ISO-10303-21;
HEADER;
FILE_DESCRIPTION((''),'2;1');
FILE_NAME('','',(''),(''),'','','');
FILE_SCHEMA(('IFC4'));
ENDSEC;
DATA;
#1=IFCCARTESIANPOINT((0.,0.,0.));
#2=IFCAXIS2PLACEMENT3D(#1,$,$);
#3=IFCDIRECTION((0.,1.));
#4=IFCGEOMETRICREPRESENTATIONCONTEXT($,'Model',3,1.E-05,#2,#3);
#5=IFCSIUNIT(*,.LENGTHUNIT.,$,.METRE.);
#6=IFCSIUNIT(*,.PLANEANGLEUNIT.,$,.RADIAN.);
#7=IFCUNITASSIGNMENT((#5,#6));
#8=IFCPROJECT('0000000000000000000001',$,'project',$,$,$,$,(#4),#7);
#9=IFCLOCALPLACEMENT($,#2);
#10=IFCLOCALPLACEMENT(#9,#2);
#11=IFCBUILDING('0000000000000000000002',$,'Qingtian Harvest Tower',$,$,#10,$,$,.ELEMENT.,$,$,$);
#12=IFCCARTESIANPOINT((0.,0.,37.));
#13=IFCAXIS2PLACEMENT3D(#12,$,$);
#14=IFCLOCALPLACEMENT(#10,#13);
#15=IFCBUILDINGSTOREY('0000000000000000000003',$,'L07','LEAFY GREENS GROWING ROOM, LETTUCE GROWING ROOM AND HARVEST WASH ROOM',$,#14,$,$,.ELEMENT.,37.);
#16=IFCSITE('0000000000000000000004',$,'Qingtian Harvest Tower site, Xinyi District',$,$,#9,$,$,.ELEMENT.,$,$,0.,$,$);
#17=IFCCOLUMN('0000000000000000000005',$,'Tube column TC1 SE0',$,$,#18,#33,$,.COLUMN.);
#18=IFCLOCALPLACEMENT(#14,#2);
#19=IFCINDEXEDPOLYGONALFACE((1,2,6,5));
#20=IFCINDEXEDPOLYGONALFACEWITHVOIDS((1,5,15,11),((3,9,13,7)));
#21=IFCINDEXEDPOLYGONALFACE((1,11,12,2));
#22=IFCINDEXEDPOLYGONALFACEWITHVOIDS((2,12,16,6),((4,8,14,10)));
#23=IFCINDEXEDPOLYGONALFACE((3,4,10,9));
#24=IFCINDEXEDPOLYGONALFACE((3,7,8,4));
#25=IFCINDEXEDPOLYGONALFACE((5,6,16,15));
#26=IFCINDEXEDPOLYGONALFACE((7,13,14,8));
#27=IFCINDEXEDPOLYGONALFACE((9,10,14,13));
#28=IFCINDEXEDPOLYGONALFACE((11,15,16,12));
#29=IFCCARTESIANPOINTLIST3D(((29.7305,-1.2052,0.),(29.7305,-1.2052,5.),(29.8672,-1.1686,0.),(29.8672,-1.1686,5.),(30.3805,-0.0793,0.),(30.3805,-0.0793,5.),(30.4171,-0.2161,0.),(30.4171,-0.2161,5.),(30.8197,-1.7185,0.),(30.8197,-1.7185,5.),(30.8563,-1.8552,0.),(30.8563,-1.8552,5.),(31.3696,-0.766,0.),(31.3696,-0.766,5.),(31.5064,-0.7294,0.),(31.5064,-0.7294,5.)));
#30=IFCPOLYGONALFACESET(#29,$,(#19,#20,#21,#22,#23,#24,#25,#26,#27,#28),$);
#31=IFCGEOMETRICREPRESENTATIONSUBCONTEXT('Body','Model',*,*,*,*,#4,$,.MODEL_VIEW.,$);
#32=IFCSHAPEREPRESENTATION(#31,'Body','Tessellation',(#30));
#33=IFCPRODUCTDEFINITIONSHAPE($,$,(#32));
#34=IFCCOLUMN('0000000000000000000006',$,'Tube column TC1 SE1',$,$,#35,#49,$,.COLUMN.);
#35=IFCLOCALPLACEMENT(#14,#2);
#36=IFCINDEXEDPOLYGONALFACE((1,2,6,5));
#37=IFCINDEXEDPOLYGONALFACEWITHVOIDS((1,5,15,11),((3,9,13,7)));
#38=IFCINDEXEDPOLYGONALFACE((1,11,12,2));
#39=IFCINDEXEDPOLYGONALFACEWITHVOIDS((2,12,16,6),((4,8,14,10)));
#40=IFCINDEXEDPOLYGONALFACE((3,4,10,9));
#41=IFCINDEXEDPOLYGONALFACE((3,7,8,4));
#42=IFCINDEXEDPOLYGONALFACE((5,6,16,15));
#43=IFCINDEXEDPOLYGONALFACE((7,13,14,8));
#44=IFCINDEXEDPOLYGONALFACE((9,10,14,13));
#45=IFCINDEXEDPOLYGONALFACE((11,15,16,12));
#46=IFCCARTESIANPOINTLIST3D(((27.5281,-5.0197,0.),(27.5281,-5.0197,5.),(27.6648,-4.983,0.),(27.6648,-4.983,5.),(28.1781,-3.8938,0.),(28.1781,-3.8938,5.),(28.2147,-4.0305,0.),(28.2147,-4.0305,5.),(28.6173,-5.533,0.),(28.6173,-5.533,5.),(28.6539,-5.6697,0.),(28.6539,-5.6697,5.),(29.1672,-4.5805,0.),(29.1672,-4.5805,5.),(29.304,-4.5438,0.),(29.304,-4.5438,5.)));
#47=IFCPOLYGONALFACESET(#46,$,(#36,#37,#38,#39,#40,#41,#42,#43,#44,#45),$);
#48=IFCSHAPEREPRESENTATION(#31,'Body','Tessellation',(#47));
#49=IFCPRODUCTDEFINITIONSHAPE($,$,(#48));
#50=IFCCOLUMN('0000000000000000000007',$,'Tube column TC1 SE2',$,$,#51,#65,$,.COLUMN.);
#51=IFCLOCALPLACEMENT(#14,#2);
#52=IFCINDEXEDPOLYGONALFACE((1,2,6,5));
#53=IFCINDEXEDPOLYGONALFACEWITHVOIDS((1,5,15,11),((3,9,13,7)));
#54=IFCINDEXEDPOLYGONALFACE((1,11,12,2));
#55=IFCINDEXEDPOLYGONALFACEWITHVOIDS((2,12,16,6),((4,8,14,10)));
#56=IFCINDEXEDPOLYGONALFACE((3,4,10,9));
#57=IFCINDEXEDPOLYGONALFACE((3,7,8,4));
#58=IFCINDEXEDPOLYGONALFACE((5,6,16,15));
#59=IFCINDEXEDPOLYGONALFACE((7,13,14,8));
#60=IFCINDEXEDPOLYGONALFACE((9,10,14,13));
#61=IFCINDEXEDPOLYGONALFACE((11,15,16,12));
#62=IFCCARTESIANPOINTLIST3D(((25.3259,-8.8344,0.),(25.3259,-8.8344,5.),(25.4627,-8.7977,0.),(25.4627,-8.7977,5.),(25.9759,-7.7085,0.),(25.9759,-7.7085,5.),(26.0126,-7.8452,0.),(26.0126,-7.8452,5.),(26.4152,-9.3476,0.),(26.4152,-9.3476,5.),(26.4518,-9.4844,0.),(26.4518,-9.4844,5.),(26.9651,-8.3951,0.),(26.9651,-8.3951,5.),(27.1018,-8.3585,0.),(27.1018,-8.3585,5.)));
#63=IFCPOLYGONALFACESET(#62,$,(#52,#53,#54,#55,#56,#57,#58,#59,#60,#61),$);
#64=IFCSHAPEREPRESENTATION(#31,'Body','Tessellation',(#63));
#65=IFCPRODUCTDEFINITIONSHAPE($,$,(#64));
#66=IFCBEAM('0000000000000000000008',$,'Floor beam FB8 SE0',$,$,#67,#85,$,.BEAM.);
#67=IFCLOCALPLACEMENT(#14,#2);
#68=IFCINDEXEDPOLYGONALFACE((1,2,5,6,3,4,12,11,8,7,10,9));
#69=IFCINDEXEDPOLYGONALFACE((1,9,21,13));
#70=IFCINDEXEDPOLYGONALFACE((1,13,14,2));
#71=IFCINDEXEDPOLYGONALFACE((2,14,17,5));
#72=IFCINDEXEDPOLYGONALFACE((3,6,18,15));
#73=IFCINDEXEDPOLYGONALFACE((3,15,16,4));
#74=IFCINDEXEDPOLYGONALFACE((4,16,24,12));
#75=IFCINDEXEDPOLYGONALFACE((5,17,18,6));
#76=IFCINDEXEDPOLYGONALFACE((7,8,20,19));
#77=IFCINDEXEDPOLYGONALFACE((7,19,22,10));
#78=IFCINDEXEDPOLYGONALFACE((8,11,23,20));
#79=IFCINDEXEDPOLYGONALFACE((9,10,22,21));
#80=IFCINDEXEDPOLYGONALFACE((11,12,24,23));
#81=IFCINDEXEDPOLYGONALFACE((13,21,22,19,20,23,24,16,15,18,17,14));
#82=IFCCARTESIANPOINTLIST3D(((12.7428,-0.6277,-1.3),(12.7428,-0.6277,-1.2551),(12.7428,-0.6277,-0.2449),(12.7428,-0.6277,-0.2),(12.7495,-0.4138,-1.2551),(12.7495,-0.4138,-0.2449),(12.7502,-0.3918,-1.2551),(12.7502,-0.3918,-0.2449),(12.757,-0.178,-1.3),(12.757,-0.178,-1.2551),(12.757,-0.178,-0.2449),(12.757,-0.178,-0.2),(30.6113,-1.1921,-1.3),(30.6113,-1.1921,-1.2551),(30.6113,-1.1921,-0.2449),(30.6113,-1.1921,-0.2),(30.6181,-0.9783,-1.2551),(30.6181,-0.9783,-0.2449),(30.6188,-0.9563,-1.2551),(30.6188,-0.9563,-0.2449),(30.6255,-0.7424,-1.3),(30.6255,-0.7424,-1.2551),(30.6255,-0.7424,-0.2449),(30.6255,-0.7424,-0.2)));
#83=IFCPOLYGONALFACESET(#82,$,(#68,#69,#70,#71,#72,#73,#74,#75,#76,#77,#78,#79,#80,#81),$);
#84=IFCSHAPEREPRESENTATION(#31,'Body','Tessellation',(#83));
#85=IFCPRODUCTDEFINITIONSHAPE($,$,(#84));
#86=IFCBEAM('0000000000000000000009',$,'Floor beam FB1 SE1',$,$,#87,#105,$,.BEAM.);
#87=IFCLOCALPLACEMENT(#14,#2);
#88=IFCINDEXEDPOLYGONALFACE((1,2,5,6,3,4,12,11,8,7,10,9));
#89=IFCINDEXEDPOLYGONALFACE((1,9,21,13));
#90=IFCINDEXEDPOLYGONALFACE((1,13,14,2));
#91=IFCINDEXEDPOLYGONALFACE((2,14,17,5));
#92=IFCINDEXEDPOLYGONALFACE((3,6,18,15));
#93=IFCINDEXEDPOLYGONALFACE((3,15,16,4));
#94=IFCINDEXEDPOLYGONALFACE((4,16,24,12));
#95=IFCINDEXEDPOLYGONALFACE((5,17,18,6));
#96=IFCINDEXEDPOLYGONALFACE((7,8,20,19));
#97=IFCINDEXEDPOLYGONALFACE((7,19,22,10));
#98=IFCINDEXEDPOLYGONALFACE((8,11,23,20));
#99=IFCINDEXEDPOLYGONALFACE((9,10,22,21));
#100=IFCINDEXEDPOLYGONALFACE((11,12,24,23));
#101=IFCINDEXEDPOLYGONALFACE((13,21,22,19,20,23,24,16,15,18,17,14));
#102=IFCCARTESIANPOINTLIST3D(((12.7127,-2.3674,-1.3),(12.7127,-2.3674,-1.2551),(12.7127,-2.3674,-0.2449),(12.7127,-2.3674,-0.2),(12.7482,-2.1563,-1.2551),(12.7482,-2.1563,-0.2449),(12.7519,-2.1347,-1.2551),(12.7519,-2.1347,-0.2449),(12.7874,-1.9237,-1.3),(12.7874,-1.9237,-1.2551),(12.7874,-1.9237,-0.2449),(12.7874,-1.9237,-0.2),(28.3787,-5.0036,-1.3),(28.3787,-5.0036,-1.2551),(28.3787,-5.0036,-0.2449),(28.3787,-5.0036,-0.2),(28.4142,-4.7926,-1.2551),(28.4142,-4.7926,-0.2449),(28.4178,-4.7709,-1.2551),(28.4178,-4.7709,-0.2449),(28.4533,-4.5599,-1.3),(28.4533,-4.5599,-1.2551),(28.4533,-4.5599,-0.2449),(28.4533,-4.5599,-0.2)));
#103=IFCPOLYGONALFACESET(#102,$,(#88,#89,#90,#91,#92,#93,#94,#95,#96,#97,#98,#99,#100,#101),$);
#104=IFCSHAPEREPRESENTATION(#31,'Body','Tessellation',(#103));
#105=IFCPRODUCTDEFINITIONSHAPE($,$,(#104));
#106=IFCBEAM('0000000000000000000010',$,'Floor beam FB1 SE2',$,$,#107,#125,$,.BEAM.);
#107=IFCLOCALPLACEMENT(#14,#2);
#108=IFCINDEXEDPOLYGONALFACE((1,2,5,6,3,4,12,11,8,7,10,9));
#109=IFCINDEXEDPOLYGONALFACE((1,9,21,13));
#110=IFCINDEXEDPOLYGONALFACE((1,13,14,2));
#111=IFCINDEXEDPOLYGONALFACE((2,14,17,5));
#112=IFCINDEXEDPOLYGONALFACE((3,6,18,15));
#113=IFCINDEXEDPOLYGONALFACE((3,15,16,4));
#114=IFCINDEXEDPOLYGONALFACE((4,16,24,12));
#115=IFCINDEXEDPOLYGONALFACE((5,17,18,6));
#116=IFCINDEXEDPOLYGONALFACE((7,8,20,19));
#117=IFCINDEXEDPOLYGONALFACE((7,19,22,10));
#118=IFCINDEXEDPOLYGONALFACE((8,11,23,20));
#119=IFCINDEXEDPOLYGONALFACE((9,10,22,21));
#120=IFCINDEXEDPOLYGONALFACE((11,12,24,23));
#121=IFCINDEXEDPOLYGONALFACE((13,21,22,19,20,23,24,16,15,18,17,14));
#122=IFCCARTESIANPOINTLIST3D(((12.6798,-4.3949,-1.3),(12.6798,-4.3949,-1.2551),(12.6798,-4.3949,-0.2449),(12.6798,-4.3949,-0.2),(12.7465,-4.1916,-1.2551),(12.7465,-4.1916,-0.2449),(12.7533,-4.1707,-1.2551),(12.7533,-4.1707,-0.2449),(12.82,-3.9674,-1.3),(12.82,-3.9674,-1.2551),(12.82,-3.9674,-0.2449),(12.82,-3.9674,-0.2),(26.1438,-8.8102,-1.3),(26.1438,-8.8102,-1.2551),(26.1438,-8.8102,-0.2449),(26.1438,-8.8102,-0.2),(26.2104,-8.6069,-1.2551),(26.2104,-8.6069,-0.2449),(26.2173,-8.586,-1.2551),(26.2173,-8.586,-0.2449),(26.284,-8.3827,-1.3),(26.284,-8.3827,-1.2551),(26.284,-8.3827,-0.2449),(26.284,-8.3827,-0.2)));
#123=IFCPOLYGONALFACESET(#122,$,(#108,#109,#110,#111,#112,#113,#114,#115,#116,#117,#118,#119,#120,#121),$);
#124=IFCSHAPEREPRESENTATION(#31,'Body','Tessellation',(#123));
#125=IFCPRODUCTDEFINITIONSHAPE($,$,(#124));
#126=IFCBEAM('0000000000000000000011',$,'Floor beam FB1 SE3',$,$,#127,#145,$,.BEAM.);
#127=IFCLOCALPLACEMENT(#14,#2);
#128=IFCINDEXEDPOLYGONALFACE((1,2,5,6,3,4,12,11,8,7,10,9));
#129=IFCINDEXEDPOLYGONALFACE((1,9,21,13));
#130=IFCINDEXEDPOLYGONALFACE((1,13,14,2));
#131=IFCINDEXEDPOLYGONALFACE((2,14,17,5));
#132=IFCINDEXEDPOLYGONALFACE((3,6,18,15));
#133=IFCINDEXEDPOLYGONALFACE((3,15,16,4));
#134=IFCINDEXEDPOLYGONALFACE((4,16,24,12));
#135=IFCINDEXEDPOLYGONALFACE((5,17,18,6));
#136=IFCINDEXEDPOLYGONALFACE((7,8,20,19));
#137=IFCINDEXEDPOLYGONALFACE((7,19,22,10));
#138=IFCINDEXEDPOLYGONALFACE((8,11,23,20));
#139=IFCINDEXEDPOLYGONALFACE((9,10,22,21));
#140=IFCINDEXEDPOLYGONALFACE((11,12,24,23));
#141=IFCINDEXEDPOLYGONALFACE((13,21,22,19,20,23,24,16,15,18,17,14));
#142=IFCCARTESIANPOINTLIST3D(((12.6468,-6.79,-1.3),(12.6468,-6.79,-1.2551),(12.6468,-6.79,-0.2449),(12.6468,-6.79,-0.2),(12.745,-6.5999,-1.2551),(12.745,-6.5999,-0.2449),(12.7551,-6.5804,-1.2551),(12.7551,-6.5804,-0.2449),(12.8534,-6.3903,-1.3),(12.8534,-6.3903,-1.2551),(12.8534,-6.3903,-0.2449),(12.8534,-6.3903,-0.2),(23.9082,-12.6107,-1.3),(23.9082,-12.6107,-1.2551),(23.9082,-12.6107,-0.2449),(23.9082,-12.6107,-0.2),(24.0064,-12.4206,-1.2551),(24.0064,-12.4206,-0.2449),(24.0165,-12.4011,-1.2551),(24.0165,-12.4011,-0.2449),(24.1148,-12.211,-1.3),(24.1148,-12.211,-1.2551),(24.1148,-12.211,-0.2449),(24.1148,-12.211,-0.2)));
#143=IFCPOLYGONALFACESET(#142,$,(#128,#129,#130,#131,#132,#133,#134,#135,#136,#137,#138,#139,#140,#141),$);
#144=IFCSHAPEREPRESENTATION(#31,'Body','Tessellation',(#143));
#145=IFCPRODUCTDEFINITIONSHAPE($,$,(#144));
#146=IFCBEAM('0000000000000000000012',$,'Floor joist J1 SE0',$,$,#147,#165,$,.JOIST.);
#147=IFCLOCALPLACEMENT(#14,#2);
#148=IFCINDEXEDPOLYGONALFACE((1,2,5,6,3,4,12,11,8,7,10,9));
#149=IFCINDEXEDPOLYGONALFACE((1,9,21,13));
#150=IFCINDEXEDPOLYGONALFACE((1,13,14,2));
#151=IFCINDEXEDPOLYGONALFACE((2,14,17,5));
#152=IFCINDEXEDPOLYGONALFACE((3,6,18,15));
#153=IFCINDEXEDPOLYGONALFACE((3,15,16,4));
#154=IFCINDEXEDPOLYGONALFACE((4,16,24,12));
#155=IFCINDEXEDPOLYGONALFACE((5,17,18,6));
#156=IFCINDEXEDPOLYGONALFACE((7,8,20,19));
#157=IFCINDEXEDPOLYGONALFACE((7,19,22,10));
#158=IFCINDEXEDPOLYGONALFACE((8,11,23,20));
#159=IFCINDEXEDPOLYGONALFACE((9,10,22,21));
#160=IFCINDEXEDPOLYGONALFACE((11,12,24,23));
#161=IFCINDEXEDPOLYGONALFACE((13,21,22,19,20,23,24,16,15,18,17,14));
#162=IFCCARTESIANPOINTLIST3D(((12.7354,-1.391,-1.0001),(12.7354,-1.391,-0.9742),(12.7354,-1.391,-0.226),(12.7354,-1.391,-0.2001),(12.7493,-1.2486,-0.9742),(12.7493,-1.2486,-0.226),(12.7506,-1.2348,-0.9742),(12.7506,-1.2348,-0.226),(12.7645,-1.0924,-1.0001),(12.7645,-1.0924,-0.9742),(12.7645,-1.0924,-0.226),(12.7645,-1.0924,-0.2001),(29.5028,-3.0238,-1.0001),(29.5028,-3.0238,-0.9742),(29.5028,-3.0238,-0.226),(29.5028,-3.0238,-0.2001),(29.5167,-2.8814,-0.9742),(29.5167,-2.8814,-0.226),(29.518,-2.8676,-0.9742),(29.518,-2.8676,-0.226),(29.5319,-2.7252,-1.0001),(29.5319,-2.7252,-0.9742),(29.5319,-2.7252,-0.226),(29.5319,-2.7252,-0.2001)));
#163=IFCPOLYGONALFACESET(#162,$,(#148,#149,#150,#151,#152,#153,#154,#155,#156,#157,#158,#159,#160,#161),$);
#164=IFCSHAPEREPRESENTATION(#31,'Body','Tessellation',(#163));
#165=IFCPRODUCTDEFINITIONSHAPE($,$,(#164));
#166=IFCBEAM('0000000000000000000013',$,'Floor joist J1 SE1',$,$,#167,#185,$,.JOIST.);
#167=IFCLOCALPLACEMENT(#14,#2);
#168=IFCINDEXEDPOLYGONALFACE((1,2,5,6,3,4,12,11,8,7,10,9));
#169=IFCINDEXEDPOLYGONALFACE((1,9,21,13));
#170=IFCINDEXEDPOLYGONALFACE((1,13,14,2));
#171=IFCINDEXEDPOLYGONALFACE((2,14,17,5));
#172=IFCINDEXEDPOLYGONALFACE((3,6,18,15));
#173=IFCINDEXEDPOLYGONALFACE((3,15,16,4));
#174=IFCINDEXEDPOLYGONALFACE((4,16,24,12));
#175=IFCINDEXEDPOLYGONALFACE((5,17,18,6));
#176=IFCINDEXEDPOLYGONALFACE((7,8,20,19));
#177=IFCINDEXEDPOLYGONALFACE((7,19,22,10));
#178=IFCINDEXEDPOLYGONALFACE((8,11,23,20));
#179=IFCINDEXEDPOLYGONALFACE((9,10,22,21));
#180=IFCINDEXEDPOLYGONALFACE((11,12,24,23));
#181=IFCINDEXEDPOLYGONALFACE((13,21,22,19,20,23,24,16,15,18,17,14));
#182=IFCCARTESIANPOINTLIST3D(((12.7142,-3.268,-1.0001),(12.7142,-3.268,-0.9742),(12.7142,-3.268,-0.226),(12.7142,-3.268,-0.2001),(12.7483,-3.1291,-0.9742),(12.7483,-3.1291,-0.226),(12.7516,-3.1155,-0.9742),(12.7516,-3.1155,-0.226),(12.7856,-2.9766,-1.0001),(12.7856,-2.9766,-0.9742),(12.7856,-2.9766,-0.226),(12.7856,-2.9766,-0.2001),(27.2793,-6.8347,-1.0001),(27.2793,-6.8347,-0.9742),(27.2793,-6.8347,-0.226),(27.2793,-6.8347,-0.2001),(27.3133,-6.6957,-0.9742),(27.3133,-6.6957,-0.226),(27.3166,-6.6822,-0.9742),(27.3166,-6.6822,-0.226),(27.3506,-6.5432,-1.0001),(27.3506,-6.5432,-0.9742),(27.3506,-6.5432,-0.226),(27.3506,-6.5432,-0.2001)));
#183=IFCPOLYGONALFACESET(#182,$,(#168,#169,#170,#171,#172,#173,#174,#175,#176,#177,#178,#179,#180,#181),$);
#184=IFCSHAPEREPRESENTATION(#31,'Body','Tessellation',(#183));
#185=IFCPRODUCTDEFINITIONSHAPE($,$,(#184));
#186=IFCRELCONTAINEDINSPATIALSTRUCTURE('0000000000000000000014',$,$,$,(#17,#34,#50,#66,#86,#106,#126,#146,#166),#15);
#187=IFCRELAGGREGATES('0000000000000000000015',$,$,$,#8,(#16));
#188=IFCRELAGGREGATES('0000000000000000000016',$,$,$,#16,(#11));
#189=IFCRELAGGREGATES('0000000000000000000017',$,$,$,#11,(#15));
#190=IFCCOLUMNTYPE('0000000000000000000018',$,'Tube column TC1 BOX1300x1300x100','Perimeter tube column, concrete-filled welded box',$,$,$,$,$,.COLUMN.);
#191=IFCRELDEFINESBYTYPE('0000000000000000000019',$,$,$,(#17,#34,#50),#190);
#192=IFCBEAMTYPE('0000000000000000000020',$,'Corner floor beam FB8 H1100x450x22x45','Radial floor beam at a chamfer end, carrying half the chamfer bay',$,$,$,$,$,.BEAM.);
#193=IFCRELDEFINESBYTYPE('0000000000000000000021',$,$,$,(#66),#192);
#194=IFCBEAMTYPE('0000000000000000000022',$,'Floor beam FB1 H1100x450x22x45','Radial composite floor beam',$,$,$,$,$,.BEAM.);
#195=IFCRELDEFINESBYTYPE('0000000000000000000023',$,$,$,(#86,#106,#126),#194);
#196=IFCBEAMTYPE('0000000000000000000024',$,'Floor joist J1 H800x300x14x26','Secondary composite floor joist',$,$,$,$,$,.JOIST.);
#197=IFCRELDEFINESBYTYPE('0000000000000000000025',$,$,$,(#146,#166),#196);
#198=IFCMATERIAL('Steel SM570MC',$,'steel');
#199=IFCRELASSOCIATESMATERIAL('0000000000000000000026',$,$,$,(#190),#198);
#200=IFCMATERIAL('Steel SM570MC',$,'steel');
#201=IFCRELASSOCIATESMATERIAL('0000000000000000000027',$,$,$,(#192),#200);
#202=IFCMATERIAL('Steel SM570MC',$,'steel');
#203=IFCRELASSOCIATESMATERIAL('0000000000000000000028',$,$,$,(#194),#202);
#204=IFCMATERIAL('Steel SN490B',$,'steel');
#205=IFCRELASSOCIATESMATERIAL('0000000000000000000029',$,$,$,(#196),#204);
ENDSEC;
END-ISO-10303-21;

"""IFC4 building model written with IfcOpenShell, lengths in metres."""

from ifc_helpers import new_model, si_unit, direction, frame, origin, origin_2d, place, context, subcontext, project, spatial, hollow_rectangle, i_section, extrude, material, material_profile, profile_set, type_object, element, save


model = new_model("IFC4")

# Units and contexts
model_context = context("Model", 3, precision=1e-05, world=origin(), true_north=direction((0.0, 1.0)))
body_context = subcontext(model_context, "Body", "Model", "MODEL_VIEW")
ifc_project = project(units=[si_unit("LENGTHUNIT", "METRE"), si_unit("PLANEANGLEUNIT", "RADIAN")], contexts=[model_context])

# Site, building, storey
site_placement = place(None, origin())
site = spatial("IfcSite", under=ifc_project, at=site_placement, Name="Qingtian Harvest Tower site, Xinyi District", CompositionType="ELEMENT", RefElevation=0.0)
building_placement = place(site_placement, origin())
building = spatial("IfcBuilding", under=site, at=building_placement, Name="Qingtian Harvest Tower", CompositionType="ELEMENT")
storey_placement = place(building_placement, frame((0.0, 0.0, 37.0)))
storey = spatial("IfcBuildingStorey", under=building, at=storey_placement, Name="L07", Description="LEAFY GREENS GROWING ROOM, LETTUCE GROWING ROOM AND HARVEST WASH ROOM", CompositionType="ELEMENT", Elevation=37.0)

# Columns
ifc_material_1 = material(Name="Steel SM570MC", Category="steel")
ifc_material_profile_1 = material_profile(ifc_material_1, hollow_rectangle(XDim=1.3, YDim=1.3, WallThickness=0.1001, at=origin_2d()), Name="BOX1300x1300x100")
ifc_profile_set_1 = profile_set([ifc_material_profile_1], Name="Steel SM570MC")
column_type = type_object("IfcColumnType", Name="Tube column TC1 BOX1300x1300x100", Description="Perimeter tube column, concrete-filled welded box", PredefinedType="COLUMN", material=ifc_profile_set_1)
for number, where, z_axis, x_axis, name in (
    (1, (30.6184, -0.9673, 0.0), (0.0, 0.0, 1.0), (0.5, 0.866025, 0.0), "Tube column TC1 SE0"),
    (2, (28.416, -4.7817, 0.0), (0.0, 0.0, 1.0), (0.5, 0.866025, 0.0), "Tube column TC1 SE1"),
    (3, (26.2139, -8.5964, 0.0), (0.0, 0.0, 1.0), (0.5, 0.866025, 0.0), "Tube column TC1 SE2"),
):
    element("IfcColumn", number, at=place(storey_placement, frame(where, z_axis=z_axis, x_axis=x_axis)), inside=storey, type_object=column_type, Name=name, PredefinedType="COLUMN", context=body_context, shape_type="SweptSolid", body=[
        extrude(hollow_rectangle(XDim=1.3, YDim=1.3, WallThickness=0.1001, at=origin_2d()), origin(), (0.0, 0.0, 1.0), 5.0),
    ])

# Beams
ifc_material_2 = material(Name="Steel SM570MC", Category="steel")
ifc_material_profile_2 = material_profile(ifc_material_2, i_section(OverallWidth=0.45, OverallDepth=1.1001, WebThickness=0.022, FlangeThickness=0.0449, at=origin_2d()), Name="H1100x450x22x45")
ifc_profile_set_2 = profile_set([ifc_material_profile_2], Name="Steel SM570MC")
beam_type_1 = type_object("IfcBeamType", Name="Corner floor beam FB8 H1100x450x22x45", Description="Radial floor beam at a chamfer end, carrying half the chamfer bay", PredefinedType="BEAM", material=ifc_profile_set_2)
beam_1_placement = place(storey_placement, frame((30.6184, -0.9673, -0.75), z_axis=(-0.999501, 0.031574, 0.0), x_axis=(-0.031574, -0.999501, 0.0)))
element("IfcBeam", 4, at=beam_1_placement, inside=storey, type_object=beam_type_1, Name="Floor beam FB8 SE0", PredefinedType="BEAM", context=body_context, shape_type="SweptSolid", body=[
    extrude(i_section(OverallWidth=0.45, OverallDepth=1.1001, WebThickness=0.022, FlangeThickness=0.0449, at=origin_2d()), origin(), (0.0, 0.0, 1.0), 17.8774),
])
ifc_material_3 = material(Name="Steel SM570MC", Category="steel")
ifc_material_profile_3 = material_profile(ifc_material_3, i_section(OverallWidth=0.45, OverallDepth=1.1001, WebThickness=0.022, FlangeThickness=0.0449, at=origin_2d()), Name="H1100x450x22x45")
ifc_profile_set_3 = profile_set([ifc_material_profile_3], Name="Steel SM570MC")
beam_type_2 = type_object("IfcBeamType", Name="Floor beam FB1 H1100x450x22x45", Description="Radial composite floor beam", PredefinedType="BEAM", material=ifc_profile_set_3)
beam_2_placement = place(storey_placement, frame((28.416, -4.7817, -0.75), z_axis=(-0.986135, 0.165944, 0.0), x_axis=(-0.165944, -0.986135, 0.0)))
element("IfcBeam", 5, at=beam_2_placement, inside=storey, type_object=beam_type_2, Name="Floor beam FB1 SE1", PredefinedType="BEAM", context=body_context, shape_type="SweptSolid", body=[
    extrude(i_section(OverallWidth=0.45, OverallDepth=1.1001, WebThickness=0.022, FlangeThickness=0.0449, at=origin_2d()), origin(), (0.0, 0.0, 1.0), 15.8862),
])
beam_3_placement = place(storey_placement, frame((26.2139, -8.5964, -0.75), z_axis=(-0.950211, 0.311608, 0.0), x_axis=(-0.311608, -0.950211, 0.0)))
element("IfcBeam", 6, at=beam_3_placement, inside=storey, type_object=beam_type_2, Name="Floor beam FB1 SE2", PredefinedType="BEAM", context=body_context, shape_type="SweptSolid", body=[
    extrude(i_section(OverallWidth=0.45, OverallDepth=1.1001, WebThickness=0.022, FlangeThickness=0.0449, at=origin_2d()), origin(), (0.0, 0.0, 1.0), 14.1694),
])
beam_4_placement = place(storey_placement, frame((24.0115, -12.4109, -0.75), z_axis=(-0.88835, 0.459168, 0.0), x_axis=(-0.459168, -0.88835, 0.0)))
element("IfcBeam", 7, at=beam_4_placement, inside=storey, type_object=beam_type_2, Name="Floor beam FB1 SE3", PredefinedType="BEAM", context=body_context, shape_type="SweptSolid", body=[
    extrude(i_section(OverallWidth=0.45, OverallDepth=1.1001, WebThickness=0.022, FlangeThickness=0.0449, at=origin_2d()), origin(), (0.0, 0.0, 1.0), 12.6768),
])
ifc_material_4 = material(Name="Steel SN490B", Category="steel")
ifc_material_profile_4 = material_profile(ifc_material_4, i_section(OverallWidth=0.3, OverallDepth=0.8, WebThickness=0.0139, FlangeThickness=0.0259, at=origin_2d()), Name="H800x300x14x26")
ifc_profile_set_4 = profile_set([ifc_material_profile_4], Name="Steel SN490B")
beam_type_3 = type_object("IfcBeamType", Name="Floor joist J1 H800x300x14x26", Description="Secondary composite floor joist", PredefinedType="JOIST", material=ifc_profile_set_4)
beam_5_placement = place(storey_placement, frame((29.5173, -2.8745, -0.6001), z_axis=(-0.995292, 0.096922, 0.0), x_axis=(-0.096922, -0.995292, 0.0)))
element("IfcBeam", 8, at=beam_5_placement, inside=storey, type_object=beam_type_3, Name="Floor joist J1 SE0", PredefinedType="JOIST", context=body_context, shape_type="SweptSolid", body=[
    extrude(i_section(OverallWidth=0.3, OverallDepth=0.8, WebThickness=0.0139, FlangeThickness=0.0259, at=origin_2d()), origin(), (0.0, 0.0, 1.0), 16.8467),
])
beam_6_placement = place(storey_placement, frame((27.3149, -6.689, -0.6001), z_axis=(-0.971302, 0.237851, 0.0), x_axis=(-0.237851, -0.971302, 0.0)))
element("IfcBeam", 9, at=beam_6_placement, inside=storey, type_object=beam_type_3, Name="Floor joist J1 SE1", PredefinedType="JOIST", context=body_context, shape_type="SweptSolid", body=[
    extrude(i_section(OverallWidth=0.3, OverallDepth=0.8, WebThickness=0.0139, FlangeThickness=0.0259, at=origin_2d()), origin(), (0.0, 0.0, 1.0), 14.9954),
])

save(model, "model.ifc")
